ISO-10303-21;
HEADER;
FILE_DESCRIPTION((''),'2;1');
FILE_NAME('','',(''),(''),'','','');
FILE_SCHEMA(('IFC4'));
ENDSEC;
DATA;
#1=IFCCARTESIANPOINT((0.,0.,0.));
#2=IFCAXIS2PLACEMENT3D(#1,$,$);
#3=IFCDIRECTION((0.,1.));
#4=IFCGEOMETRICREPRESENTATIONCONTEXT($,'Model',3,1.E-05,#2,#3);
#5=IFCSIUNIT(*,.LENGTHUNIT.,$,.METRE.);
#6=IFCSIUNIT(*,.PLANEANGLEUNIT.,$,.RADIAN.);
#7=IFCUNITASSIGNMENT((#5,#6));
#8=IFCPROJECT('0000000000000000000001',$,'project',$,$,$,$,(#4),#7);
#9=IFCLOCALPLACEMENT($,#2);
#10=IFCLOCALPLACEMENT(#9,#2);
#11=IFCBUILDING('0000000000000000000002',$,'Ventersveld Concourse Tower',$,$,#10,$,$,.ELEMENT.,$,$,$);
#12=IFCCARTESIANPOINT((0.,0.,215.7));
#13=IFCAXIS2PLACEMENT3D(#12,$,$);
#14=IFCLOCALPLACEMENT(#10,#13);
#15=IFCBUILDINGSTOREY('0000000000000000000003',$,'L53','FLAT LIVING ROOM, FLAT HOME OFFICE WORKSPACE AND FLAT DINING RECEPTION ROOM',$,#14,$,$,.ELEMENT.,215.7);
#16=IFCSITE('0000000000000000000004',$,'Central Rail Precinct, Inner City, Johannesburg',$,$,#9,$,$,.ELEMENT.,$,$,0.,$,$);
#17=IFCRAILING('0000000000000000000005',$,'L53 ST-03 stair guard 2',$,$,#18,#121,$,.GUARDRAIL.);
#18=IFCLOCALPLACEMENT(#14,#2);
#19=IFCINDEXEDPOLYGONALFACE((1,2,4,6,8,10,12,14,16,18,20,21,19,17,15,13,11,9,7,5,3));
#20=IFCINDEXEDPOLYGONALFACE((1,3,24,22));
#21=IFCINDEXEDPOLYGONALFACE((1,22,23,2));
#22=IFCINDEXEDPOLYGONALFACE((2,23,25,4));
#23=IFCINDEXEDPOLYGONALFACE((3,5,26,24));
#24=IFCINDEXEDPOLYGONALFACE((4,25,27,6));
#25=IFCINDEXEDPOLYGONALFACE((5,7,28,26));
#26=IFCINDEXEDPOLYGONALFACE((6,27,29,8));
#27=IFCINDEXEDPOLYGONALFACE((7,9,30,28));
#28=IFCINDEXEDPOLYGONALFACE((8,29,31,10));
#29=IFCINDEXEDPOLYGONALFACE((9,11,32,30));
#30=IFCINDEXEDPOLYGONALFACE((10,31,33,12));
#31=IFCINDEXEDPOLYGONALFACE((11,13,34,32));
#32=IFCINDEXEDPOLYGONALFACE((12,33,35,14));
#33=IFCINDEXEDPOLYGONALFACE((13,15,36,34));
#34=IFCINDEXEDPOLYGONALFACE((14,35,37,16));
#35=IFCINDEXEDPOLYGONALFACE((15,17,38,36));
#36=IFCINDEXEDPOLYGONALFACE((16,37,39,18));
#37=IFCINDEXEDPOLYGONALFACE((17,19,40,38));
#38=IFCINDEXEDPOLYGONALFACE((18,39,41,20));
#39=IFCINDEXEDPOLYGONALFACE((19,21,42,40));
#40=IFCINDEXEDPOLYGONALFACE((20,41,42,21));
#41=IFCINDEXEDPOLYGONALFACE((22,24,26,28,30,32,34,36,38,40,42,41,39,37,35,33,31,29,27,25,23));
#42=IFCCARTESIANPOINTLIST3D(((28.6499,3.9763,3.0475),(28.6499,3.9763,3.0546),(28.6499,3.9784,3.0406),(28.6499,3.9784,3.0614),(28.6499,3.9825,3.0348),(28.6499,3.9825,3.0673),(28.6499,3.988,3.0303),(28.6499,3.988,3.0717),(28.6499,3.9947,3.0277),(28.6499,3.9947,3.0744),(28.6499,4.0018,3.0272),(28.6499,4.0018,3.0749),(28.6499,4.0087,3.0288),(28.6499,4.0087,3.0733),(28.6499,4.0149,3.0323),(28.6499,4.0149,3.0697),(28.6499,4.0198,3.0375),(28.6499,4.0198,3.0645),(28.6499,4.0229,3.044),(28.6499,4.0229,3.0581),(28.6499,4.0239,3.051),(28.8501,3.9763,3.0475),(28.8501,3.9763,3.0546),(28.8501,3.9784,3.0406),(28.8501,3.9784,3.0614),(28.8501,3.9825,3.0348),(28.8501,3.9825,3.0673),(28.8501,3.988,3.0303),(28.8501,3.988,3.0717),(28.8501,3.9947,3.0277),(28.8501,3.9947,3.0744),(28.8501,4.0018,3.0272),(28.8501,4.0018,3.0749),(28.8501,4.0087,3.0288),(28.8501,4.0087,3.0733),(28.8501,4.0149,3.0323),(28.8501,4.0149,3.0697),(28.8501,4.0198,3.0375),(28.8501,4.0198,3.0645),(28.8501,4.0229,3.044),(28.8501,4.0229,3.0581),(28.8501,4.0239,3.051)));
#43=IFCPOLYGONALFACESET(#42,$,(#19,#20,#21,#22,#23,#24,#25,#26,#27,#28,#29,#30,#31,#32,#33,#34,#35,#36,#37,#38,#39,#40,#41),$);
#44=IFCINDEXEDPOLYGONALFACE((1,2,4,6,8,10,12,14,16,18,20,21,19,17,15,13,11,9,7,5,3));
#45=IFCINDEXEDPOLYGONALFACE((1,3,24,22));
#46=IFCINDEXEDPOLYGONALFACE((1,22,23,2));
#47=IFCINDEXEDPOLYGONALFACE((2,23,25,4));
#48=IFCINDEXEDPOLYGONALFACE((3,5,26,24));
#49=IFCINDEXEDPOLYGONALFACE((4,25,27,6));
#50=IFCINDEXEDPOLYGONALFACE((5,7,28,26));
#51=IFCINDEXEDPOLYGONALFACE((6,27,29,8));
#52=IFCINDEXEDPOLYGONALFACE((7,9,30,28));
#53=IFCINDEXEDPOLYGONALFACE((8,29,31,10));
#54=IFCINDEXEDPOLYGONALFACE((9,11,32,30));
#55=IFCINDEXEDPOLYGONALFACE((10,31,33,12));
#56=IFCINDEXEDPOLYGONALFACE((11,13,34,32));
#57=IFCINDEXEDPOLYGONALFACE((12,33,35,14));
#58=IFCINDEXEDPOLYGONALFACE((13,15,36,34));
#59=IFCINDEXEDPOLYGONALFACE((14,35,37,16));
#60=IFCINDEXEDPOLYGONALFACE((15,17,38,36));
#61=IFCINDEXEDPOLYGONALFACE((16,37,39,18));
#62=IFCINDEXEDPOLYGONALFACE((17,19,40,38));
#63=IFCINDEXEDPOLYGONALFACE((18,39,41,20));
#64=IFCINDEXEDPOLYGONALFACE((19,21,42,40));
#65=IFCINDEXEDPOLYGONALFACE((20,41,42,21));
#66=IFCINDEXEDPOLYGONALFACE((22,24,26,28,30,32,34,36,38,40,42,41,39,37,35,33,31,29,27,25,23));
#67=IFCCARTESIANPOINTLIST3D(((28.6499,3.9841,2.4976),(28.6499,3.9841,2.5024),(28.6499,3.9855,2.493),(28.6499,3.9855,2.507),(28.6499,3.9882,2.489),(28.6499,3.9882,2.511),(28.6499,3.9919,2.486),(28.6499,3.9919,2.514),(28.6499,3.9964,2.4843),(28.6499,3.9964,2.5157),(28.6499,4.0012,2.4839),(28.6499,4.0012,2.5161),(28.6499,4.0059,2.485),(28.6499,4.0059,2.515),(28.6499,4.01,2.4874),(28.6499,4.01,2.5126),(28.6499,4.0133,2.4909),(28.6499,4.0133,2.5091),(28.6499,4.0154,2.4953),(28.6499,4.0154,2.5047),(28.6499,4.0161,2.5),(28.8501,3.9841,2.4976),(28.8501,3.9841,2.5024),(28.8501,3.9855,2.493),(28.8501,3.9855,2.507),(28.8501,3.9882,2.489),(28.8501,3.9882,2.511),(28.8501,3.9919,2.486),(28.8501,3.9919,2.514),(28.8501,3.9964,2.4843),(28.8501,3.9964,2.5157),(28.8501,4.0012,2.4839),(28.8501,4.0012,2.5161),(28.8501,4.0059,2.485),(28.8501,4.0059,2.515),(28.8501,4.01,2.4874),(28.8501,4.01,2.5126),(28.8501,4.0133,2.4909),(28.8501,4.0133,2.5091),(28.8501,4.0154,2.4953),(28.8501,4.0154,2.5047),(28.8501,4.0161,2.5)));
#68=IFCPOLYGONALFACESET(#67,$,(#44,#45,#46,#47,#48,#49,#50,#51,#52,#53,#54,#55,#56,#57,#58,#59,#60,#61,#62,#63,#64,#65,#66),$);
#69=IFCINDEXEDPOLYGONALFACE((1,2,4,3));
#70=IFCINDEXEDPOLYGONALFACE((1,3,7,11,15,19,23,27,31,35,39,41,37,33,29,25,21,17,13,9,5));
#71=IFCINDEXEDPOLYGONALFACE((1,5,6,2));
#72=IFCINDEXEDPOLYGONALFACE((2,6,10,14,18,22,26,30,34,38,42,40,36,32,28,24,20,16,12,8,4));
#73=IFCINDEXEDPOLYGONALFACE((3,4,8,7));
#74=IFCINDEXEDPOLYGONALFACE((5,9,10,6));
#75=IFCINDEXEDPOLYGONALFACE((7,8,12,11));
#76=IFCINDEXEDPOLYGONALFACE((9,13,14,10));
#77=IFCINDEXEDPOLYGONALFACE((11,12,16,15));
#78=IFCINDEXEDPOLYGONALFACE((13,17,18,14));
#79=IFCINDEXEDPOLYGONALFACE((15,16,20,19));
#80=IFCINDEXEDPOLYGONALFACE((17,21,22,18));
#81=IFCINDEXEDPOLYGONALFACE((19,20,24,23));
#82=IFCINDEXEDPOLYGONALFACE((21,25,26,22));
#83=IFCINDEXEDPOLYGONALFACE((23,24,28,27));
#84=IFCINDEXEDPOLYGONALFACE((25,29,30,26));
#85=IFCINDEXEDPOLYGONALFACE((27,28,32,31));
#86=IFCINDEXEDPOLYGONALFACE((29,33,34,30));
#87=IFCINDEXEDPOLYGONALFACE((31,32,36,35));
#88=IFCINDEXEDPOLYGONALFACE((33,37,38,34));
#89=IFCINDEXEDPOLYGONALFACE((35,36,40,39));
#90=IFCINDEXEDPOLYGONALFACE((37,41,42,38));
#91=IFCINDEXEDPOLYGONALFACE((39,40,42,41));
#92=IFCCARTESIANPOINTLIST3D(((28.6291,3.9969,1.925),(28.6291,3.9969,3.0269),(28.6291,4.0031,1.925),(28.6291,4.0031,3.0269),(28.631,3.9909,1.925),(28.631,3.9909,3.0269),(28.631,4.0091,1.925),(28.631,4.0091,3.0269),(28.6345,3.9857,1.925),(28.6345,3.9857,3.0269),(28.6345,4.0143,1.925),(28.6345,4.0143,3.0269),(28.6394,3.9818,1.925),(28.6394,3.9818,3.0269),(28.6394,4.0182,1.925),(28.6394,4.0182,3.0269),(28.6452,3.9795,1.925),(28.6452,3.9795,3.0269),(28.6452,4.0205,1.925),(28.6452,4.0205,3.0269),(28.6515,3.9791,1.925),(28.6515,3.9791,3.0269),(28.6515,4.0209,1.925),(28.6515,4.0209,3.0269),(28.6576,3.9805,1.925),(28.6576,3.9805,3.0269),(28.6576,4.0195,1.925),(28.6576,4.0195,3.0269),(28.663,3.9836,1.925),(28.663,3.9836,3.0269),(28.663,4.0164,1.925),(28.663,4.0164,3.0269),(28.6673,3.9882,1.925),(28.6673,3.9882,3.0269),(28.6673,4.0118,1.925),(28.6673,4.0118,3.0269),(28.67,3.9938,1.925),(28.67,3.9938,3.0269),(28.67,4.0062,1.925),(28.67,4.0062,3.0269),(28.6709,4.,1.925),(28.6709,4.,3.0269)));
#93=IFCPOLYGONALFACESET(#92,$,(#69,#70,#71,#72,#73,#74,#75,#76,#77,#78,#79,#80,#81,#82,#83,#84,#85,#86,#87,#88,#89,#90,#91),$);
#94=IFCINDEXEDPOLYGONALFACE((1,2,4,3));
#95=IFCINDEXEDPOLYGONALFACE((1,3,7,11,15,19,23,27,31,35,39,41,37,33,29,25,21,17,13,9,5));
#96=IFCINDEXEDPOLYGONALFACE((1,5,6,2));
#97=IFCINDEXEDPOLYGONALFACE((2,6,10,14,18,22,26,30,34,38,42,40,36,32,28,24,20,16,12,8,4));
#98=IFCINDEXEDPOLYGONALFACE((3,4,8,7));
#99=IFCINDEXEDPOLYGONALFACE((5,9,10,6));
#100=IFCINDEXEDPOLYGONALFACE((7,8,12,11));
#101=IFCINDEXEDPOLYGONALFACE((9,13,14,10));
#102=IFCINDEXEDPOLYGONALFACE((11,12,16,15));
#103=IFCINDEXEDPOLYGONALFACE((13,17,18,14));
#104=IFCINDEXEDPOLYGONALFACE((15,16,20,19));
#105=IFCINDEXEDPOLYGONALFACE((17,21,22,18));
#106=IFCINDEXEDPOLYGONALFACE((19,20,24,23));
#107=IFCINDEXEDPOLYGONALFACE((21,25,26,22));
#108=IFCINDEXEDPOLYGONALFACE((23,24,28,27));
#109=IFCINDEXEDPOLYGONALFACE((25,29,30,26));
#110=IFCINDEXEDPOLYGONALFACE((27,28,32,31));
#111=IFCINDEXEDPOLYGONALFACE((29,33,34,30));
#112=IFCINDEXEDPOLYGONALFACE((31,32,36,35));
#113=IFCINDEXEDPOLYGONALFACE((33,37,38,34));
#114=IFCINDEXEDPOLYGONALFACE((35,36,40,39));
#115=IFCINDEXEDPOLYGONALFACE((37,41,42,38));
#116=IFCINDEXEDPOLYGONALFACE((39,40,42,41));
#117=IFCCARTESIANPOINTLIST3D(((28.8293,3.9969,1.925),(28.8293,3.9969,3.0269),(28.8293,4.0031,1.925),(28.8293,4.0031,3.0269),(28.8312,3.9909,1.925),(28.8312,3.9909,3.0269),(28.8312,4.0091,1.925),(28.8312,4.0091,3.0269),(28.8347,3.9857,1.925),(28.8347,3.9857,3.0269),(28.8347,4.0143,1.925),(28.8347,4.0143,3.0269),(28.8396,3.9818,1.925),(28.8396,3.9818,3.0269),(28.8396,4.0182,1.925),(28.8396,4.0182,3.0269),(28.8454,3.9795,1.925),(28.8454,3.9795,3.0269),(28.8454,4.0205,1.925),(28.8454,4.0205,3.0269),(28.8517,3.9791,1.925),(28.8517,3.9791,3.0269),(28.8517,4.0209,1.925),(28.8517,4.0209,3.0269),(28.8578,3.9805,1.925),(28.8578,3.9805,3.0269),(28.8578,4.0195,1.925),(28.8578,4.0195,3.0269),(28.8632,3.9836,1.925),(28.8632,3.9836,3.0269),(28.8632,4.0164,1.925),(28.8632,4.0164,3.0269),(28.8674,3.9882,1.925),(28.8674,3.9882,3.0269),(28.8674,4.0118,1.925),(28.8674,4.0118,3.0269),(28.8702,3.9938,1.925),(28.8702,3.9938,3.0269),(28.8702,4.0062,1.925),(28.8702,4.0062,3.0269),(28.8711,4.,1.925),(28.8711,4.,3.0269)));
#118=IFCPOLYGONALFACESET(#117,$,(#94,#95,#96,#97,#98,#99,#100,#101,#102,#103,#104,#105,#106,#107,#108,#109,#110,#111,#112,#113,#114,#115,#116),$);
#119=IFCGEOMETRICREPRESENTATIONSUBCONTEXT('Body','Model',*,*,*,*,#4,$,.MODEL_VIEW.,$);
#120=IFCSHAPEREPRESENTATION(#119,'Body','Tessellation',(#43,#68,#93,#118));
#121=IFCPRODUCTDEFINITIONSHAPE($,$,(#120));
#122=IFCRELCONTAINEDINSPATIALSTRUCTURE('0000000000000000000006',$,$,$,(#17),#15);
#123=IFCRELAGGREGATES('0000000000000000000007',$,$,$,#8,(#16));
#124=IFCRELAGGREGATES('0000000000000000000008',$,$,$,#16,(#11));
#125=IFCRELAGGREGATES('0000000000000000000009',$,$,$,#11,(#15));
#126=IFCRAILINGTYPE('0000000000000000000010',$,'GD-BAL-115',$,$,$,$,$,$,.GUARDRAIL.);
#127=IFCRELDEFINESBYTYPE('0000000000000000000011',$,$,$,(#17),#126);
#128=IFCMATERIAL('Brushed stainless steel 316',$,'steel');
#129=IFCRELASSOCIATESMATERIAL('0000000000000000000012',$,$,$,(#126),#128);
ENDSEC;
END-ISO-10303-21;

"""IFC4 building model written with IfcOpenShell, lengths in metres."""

from ifc_helpers import new_model, si_unit, direction, frame, origin, origin_2d, place, context, subcontext, project, spatial, circle, extrude, material, type_object, element, save


model = new_model("IFC4")

# Units and contexts
model_context = context("Model", 3, precision=1e-05, world=origin(), true_north=direction((0.0, 1.0)))
body_context = subcontext(model_context, "Body", "Model", "MODEL_VIEW")
ifc_project = project(units=[si_unit("LENGTHUNIT", "METRE"), si_unit("PLANEANGLEUNIT", "RADIAN")], contexts=[model_context])

# Site, building, storey
site_placement = place(None, origin())
site = spatial("IfcSite", under=ifc_project, at=site_placement, Name="Central Rail Precinct, Inner City, Johannesburg", CompositionType="ELEMENT", RefElevation=0.0)
building_placement = place(site_placement, origin())
building = spatial("IfcBuilding", under=site, at=building_placement, Name="Ventersveld Concourse Tower", CompositionType="ELEMENT")
storey_placement = place(building_placement, frame((0.0, 0.0, 215.7)))
storey = spatial("IfcBuildingStorey", under=building, at=storey_placement, Name="L53", Description="FLAT LIVING ROOM, FLAT HOME OFFICE WORKSPACE AND FLAT DINING RECEPTION ROOM", CompositionType="ELEMENT", Elevation=215.7)

# Shared definitions
ifc_material_1 = material(Name="Brushed stainless steel 316", Category="steel")

# Railing
railing_type_1 = type_object("IfcRailingType", Name="GD-BAL-115", PredefinedType="GUARDRAIL", material=ifc_material_1)
railing_1_placement = place(storey_placement, frame((28.6499, 4.0, 1.925)))
element("IfcRailing", 1, at=railing_1_placement, inside=storey, type_object=railing_type_1, Name="L53 ST-03 stair guard 2", PredefinedType="GUARDRAIL", context=body_context, shape_type="SweptSolid", body=[
    extrude(circle(Radius=0.0239, at=origin_2d()), frame((0.0, 0.0, 1.126), z_axis=(1.0, 0.0, 0.0), x_axis=(0.0, 1.0, 0.0)), (0.0, 0.0, 1.0), 0.2002),
    extrude(circle(Radius=0.0161, at=origin_2d()), frame((0.0, 0.0, 0.575), z_axis=(1.0, 0.0, 0.0), x_axis=(0.0, 1.0, 0.0)), (0.0, 0.0, 1.0), 0.2002),
    extrude(circle(Radius=0.021, at=origin_2d()), origin(), (0.0, 0.0, 1.0), 1.1018),
    extrude(circle(Radius=0.021, at=origin_2d()), frame((0.2002, 0.0, 0.0)), (0.0, 0.0, 1.0), 1.1018),
])

save(model, "model.ifc")
